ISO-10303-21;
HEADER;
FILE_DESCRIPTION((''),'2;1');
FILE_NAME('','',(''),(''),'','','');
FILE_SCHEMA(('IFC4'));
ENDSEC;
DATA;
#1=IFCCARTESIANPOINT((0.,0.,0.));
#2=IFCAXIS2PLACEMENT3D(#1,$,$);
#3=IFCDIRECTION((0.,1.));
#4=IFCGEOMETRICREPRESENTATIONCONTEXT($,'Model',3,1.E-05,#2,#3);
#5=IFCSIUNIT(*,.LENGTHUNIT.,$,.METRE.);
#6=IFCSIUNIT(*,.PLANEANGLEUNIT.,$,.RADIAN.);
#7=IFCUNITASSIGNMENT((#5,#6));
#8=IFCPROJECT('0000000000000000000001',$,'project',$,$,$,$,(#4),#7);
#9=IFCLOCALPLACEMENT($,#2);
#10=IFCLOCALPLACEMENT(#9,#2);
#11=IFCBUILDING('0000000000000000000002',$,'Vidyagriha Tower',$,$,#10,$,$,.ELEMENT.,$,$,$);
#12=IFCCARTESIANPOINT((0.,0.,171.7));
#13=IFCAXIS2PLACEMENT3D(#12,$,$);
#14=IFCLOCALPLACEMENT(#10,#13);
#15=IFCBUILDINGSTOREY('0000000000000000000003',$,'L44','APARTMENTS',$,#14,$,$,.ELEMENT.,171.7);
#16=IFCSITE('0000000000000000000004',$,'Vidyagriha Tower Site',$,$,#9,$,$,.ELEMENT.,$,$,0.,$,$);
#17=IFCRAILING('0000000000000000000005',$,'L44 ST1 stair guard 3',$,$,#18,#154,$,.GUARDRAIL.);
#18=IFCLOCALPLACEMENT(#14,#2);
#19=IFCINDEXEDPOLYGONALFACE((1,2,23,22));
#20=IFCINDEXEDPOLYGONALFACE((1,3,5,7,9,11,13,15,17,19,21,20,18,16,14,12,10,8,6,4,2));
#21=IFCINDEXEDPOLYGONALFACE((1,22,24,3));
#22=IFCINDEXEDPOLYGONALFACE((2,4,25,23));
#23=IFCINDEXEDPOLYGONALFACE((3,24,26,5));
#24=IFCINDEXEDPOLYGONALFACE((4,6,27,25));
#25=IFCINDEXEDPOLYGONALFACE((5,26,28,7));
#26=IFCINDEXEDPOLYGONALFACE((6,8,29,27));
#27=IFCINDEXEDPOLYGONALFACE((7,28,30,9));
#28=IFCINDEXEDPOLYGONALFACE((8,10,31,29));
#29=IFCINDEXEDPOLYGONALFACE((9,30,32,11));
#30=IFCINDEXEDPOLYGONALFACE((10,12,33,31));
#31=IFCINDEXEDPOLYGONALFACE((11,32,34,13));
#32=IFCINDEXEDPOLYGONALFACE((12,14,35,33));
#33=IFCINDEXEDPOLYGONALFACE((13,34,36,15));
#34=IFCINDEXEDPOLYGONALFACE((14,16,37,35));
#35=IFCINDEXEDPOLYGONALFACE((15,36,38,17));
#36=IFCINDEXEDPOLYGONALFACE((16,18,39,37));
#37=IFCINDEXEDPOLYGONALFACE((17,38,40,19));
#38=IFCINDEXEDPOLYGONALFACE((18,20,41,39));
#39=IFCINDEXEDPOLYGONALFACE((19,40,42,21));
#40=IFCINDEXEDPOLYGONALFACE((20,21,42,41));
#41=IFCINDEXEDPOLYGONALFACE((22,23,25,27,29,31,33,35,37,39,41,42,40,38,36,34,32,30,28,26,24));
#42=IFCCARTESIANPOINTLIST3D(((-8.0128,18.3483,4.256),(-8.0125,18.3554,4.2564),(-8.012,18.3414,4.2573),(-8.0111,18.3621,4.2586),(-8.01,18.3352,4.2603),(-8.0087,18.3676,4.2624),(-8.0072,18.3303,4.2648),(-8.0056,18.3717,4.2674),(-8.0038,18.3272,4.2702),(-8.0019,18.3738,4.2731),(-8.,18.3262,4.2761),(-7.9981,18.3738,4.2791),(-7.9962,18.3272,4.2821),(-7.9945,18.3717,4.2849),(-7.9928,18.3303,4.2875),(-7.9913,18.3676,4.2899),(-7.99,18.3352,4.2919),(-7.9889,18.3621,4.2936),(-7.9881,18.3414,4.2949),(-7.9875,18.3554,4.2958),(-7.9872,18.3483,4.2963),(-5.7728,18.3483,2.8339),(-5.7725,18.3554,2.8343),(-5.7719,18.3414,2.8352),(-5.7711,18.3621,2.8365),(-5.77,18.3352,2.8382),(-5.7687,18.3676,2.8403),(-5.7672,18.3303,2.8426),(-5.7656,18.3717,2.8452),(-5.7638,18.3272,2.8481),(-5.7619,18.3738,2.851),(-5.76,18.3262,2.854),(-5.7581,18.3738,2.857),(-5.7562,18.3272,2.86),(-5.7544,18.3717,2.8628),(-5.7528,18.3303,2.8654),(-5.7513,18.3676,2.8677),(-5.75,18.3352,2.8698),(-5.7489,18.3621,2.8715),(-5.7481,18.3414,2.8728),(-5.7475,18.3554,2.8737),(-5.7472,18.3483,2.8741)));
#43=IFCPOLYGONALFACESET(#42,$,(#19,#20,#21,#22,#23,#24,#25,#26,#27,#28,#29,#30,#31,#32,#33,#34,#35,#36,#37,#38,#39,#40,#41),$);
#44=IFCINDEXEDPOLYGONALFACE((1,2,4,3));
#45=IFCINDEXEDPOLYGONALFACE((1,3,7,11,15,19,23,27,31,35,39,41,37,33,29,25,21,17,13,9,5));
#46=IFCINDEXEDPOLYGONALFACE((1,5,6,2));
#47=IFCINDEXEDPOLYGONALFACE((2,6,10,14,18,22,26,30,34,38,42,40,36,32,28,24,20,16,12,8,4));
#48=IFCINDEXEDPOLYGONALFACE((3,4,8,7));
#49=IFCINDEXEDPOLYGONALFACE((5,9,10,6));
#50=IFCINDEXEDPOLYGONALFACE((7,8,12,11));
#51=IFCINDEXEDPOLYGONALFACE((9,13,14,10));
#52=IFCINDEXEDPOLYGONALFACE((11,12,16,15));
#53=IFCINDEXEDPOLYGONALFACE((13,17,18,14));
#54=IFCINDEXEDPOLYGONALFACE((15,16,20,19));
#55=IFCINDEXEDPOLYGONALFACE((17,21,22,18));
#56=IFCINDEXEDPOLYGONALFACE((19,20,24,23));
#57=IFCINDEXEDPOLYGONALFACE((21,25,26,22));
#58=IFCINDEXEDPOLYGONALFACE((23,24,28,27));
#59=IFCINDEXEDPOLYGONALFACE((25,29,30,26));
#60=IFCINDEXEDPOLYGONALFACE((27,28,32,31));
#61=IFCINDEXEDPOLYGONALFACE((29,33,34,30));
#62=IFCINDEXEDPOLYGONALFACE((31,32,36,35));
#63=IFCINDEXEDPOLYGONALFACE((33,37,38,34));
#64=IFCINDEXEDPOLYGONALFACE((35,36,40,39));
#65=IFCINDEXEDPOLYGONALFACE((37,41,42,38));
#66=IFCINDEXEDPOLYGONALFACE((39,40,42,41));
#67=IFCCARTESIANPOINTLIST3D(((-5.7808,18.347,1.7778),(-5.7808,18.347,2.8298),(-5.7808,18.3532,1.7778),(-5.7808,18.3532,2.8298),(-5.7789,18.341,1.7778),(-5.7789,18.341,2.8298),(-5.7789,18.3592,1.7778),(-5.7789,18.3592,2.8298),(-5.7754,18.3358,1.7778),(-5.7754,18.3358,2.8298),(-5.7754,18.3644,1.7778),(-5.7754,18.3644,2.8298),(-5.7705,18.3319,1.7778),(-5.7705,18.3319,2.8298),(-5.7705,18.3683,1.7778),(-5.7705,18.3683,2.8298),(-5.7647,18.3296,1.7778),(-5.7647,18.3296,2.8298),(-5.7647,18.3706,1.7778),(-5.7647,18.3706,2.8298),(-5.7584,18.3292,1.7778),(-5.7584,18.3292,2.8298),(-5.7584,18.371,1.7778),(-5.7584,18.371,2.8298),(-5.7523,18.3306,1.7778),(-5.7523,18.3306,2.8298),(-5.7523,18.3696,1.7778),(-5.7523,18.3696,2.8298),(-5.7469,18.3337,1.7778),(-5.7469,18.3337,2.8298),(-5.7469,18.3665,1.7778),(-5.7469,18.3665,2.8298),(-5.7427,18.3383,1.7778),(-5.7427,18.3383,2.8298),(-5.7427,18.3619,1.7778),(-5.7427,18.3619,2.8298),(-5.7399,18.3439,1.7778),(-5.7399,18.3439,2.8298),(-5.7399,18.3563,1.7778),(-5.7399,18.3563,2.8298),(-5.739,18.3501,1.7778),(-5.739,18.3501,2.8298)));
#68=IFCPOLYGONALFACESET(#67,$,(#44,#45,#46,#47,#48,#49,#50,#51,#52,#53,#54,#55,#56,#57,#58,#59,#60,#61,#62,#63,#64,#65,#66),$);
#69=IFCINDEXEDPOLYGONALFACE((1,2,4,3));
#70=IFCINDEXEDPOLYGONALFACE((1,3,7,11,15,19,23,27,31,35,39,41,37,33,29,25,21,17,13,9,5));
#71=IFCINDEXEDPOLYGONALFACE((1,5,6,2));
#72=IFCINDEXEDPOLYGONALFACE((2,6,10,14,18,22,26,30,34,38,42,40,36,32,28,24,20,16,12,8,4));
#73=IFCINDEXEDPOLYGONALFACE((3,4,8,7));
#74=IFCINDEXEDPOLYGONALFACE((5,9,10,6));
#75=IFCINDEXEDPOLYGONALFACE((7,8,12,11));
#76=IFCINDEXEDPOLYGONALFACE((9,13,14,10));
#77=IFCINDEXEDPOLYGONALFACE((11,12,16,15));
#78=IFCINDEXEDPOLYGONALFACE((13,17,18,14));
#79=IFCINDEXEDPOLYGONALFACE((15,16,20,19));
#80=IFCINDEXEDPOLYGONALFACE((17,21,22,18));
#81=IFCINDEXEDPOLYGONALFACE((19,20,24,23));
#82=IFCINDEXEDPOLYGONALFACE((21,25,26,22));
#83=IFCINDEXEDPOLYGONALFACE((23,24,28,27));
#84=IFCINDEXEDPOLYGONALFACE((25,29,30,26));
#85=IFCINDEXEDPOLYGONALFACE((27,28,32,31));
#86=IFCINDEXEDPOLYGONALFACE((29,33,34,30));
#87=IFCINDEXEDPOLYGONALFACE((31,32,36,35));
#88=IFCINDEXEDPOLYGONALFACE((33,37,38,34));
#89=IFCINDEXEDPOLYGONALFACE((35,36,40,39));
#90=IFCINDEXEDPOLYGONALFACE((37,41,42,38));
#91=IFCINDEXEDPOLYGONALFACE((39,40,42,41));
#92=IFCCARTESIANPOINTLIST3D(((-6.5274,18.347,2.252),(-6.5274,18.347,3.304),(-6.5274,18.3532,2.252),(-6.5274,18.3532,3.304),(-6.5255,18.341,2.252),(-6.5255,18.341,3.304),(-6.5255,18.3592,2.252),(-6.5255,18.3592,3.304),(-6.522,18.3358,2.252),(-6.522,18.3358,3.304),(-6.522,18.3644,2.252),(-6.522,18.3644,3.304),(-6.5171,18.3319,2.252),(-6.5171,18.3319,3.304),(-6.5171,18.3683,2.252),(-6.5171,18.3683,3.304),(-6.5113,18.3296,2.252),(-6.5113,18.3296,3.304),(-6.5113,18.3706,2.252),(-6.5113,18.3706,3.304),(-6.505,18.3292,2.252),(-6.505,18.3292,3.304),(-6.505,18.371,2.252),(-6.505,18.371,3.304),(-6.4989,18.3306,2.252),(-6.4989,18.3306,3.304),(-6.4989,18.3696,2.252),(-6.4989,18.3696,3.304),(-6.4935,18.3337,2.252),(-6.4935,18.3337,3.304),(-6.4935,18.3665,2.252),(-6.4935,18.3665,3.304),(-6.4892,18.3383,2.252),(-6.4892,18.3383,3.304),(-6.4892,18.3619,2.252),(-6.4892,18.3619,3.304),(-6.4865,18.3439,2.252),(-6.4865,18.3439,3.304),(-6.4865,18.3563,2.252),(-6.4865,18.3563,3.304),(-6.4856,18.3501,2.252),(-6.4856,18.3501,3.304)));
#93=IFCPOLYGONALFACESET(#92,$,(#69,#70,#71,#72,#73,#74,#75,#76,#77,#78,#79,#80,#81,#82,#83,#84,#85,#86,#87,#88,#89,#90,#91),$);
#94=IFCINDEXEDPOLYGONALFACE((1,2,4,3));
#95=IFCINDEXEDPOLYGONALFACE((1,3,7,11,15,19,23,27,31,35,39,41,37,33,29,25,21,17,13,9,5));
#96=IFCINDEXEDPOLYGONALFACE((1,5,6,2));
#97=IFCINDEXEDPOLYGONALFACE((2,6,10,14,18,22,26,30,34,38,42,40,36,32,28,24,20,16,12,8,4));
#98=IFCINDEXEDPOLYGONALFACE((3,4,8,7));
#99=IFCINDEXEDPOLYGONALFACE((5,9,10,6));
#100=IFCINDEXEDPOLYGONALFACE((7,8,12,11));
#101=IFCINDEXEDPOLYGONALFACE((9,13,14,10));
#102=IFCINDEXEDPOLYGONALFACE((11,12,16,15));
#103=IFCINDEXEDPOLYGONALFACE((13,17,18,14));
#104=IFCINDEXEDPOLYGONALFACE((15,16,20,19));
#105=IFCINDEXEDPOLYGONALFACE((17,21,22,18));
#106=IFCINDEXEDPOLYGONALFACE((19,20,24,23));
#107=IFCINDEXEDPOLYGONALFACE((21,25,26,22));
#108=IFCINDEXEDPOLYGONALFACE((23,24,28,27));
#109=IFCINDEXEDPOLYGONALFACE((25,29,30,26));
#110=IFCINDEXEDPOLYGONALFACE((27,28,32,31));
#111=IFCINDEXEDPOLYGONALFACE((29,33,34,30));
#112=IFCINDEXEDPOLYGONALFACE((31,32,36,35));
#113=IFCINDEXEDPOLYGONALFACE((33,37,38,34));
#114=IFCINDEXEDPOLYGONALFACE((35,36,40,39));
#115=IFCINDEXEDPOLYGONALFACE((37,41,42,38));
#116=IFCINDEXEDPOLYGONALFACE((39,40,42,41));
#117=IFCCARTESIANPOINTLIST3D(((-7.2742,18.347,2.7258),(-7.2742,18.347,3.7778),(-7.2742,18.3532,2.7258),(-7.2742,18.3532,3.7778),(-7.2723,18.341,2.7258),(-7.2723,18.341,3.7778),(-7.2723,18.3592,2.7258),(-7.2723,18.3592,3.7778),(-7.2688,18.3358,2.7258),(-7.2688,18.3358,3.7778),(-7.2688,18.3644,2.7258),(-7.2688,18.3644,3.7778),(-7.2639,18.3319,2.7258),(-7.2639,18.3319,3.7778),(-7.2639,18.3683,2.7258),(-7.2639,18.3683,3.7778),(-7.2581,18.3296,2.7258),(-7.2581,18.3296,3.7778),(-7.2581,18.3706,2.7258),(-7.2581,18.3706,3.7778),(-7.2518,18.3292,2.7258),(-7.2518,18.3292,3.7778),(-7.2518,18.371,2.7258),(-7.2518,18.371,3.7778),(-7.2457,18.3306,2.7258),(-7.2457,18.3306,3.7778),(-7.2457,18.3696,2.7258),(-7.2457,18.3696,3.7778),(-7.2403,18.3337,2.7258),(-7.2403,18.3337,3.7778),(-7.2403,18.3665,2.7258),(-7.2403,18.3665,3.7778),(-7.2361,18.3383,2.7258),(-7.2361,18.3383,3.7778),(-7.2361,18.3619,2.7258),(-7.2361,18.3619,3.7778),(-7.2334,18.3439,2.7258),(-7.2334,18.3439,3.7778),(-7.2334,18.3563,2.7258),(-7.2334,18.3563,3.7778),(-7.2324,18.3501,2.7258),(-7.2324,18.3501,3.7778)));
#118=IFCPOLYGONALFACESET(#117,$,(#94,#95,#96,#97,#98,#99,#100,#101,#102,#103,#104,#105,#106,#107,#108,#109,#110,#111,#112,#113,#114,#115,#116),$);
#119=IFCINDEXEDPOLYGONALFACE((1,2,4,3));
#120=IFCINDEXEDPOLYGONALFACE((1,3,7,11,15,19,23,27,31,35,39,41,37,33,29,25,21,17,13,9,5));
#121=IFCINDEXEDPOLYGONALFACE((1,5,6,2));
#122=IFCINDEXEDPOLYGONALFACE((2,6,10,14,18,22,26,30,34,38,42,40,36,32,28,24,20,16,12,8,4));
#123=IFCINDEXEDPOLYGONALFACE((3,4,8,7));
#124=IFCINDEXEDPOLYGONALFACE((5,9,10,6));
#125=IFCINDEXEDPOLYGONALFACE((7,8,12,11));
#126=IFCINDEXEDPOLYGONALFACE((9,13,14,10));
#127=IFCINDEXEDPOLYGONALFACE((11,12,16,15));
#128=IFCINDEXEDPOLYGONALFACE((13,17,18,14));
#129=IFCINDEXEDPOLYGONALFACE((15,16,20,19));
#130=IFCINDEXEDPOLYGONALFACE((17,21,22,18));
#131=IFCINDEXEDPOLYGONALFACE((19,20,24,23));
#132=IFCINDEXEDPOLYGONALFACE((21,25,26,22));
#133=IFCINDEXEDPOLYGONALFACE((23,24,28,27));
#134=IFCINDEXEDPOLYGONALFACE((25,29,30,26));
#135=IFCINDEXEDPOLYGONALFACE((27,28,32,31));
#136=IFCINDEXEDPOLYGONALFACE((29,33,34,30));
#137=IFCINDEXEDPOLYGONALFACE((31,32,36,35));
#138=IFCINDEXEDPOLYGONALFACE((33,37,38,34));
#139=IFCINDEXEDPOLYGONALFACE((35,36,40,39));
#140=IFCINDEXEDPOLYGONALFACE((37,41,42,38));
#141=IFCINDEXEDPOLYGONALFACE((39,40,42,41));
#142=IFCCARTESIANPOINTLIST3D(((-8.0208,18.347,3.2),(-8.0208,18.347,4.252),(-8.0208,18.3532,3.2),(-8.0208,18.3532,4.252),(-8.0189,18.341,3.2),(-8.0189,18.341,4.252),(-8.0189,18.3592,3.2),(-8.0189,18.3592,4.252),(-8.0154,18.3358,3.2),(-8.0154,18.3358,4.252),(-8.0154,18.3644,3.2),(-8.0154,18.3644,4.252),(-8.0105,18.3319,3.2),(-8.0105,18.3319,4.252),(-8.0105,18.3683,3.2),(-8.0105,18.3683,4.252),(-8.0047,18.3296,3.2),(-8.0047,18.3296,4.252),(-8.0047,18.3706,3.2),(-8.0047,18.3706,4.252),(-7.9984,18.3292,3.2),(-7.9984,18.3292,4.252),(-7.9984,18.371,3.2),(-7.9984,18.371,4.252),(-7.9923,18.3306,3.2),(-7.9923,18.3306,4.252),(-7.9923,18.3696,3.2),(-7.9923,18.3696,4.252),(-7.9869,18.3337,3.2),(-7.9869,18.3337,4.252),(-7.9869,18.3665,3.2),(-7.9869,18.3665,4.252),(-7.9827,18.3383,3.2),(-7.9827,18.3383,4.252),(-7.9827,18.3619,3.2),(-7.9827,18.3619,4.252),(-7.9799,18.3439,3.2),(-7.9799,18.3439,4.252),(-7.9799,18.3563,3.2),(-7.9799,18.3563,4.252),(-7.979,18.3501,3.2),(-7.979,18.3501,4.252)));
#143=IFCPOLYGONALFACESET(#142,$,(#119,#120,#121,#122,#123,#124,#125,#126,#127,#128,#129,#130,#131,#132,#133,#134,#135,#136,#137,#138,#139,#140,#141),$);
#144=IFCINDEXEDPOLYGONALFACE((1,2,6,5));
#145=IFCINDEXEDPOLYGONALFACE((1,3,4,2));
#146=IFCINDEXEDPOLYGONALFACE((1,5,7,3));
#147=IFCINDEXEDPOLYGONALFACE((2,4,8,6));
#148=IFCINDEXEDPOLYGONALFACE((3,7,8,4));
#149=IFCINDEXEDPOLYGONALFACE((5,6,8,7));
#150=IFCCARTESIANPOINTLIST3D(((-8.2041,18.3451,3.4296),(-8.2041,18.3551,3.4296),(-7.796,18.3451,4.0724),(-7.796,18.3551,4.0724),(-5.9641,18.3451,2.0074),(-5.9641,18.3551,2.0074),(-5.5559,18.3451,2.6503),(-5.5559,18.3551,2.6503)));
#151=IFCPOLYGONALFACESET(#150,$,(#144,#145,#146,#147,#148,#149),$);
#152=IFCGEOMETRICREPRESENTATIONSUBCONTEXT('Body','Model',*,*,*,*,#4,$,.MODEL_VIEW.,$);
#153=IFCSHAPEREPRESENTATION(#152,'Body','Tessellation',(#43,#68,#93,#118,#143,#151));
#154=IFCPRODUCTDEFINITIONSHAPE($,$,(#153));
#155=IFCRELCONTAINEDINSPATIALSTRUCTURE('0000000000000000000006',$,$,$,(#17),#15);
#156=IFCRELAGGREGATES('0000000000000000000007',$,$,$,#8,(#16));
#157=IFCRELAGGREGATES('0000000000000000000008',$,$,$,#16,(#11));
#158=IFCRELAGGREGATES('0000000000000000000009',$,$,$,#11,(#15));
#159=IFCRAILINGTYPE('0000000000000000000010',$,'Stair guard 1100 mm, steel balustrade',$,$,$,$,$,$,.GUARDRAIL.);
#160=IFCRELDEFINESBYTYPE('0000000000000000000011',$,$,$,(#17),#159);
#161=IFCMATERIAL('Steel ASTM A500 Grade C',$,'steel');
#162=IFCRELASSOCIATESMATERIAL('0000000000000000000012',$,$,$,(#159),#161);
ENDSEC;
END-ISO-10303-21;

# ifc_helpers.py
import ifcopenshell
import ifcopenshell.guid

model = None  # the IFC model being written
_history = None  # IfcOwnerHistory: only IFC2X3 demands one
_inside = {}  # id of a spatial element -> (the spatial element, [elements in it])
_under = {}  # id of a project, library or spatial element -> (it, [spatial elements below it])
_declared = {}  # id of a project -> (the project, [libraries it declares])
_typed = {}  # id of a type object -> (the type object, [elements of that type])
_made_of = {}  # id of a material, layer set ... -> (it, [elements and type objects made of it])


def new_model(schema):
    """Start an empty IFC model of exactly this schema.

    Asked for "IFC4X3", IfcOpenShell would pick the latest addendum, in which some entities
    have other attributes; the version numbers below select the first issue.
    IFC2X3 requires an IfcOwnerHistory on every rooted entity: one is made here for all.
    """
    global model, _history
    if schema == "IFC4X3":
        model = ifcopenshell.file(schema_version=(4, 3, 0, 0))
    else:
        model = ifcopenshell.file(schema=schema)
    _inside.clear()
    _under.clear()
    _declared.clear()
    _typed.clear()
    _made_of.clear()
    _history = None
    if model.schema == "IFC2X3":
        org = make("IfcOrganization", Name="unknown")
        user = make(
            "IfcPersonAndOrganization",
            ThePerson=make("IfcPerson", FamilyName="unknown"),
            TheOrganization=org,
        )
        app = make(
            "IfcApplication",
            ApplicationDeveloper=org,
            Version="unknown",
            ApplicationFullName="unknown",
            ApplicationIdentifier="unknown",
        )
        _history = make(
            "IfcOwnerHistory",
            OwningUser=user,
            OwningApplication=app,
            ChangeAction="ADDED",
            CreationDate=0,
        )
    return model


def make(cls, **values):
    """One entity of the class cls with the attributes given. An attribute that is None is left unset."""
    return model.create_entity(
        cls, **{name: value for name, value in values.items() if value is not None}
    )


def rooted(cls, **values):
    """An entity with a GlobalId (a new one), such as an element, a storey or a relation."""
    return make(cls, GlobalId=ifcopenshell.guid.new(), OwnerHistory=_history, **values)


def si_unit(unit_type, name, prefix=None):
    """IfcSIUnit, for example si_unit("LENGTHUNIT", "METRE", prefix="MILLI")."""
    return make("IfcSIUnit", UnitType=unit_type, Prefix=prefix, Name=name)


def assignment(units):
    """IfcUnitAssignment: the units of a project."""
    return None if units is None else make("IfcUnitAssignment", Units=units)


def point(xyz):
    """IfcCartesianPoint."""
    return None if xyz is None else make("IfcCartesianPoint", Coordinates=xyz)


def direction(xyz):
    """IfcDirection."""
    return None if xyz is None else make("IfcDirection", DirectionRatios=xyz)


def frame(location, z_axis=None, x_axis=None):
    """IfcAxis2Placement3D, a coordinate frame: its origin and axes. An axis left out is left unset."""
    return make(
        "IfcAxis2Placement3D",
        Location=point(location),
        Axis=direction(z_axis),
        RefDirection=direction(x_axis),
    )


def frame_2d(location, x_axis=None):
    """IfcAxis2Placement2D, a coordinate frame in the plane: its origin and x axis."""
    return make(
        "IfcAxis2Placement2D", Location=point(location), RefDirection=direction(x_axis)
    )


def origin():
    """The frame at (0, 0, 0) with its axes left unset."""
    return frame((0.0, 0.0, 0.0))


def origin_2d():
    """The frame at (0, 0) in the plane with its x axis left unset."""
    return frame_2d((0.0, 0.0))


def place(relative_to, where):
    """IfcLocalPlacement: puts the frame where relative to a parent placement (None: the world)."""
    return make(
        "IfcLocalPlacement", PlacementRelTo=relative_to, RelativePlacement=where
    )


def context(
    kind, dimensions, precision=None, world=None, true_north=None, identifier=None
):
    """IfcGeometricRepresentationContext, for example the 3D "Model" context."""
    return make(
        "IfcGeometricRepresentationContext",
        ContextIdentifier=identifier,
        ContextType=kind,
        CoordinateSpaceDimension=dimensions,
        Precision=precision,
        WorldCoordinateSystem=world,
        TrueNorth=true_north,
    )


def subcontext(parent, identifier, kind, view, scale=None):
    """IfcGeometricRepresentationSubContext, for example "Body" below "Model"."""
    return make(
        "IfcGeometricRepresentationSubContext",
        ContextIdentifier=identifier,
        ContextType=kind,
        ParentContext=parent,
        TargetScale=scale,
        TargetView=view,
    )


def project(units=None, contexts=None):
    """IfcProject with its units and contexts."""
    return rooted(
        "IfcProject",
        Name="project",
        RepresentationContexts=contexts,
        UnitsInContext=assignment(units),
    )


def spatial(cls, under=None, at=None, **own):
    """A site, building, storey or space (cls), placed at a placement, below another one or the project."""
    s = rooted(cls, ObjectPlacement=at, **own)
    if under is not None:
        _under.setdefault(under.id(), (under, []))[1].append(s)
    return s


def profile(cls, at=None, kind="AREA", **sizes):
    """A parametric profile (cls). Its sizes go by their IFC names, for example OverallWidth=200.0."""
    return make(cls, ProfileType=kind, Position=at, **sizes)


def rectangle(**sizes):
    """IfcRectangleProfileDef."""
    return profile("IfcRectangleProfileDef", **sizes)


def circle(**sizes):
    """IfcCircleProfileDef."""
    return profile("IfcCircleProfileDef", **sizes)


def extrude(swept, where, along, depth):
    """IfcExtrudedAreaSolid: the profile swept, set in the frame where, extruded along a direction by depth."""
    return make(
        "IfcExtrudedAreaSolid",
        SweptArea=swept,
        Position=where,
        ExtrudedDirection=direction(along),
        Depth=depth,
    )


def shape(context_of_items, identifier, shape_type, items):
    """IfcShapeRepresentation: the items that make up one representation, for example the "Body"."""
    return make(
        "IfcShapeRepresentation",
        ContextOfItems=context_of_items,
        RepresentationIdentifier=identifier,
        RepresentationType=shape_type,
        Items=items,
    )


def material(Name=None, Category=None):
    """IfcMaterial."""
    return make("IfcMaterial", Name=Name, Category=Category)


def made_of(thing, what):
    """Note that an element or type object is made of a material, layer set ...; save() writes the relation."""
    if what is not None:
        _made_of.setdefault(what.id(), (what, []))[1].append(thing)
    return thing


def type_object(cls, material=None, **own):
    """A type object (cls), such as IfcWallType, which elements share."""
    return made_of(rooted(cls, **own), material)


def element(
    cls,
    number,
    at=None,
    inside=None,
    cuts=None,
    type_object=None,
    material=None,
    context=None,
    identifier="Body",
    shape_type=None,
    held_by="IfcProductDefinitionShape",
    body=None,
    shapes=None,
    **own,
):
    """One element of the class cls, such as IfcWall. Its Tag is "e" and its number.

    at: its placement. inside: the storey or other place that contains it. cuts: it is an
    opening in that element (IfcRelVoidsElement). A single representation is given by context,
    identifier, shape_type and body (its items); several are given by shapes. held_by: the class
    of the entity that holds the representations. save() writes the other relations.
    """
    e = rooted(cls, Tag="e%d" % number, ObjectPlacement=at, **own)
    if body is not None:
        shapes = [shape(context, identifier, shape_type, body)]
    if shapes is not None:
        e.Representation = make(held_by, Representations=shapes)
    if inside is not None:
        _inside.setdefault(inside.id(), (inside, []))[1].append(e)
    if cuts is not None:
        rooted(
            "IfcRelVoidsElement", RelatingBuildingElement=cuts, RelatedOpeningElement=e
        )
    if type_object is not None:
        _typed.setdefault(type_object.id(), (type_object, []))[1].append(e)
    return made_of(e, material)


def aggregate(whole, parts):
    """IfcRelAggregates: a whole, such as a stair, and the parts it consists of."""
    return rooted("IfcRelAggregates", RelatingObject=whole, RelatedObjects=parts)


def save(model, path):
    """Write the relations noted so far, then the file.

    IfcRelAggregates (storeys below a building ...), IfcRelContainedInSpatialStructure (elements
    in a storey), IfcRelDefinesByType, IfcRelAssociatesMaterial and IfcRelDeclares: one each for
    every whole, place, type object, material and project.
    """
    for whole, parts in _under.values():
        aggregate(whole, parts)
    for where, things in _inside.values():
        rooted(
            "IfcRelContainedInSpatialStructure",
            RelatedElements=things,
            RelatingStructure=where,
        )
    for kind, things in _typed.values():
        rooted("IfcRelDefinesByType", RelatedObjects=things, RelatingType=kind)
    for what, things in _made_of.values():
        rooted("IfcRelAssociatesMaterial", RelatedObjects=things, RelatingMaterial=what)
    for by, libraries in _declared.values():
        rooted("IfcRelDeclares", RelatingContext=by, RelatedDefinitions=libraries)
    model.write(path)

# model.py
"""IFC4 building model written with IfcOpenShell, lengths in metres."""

from ifc_helpers import new_model, si_unit, direction, frame, origin, origin_2d, place, context, subcontext, project, spatial, rectangle, circle, extrude, material, type_object, element, save


model = new_model("IFC4")

# Units and contexts
model_context = context("Model", 3, precision=1e-05, world=origin(), true_north=direction((0.0, 1.0)))
body_context = subcontext(model_context, "Body", "Model", "MODEL_VIEW")
ifc_project = project(units=[si_unit("LENGTHUNIT", "METRE"), si_unit("PLANEANGLEUNIT", "RADIAN")], contexts=[model_context])

# Site, building, storey
site_placement = place(None, origin())
site = spatial("IfcSite", under=ifc_project, at=site_placement, Name="Vidyagriha Tower Site", CompositionType="ELEMENT", RefElevation=0.0)
building_placement = place(site_placement, origin())
building = spatial("IfcBuilding", under=site, at=building_placement, Name="Vidyagriha Tower", CompositionType="ELEMENT")
storey_placement = place(building_placement, frame((0.0, 0.0, 171.7)))
storey = spatial("IfcBuildingStorey", under=building, at=storey_placement, Name="L44", Description="APARTMENTS", CompositionType="ELEMENT", Elevation=171.7)

# Railing
ifc_material_1 = material(Name="Steel ASTM A500 Grade C", Category="steel")
railing_type_1 = type_object("IfcRailingType", Name="Stair guard 1100 mm, steel balustrade", PredefinedType="GUARDRAIL", material=ifc_material_1)
railing_1_placement = place(storey_placement, frame((-5.76, 18.3501, 1.7778)))
element("IfcRailing", 1, at=railing_1_placement, inside=storey, type_object=railing_type_1, Name="L44 ST1 stair guard 3", PredefinedType="GUARDRAIL", context=body_context, shape_type="SweptSolid", body=[
    extrude(circle(Radius=0.0239, at=origin_2d()), frame((0.0, 0.0, 1.0762), z_axis=(-0.844229, 0.0, 0.535982), x_axis=(0.0, -1.0, 0.0)), (0.0, 0.0, 1.0), 2.6533),
    extrude(circle(Radius=0.021, at=origin_2d()), origin(), (0.0, 0.0, 1.0), 1.052),
    extrude(circle(Radius=0.021, at=origin_2d()), frame((-0.7466, 0.0, 0.4741)), (0.0, 0.0, 1.0), 1.052),
    extrude(circle(Radius=0.021, at=origin_2d()), frame((-1.4934, 0.0, 0.948)), (0.0, 0.0, 1.0), 1.052),
    extrude(circle(Radius=0.021, at=origin_2d()), frame((-2.24, 0.0, 1.4221)), (0.0, 0.0, 1.0), 1.052),
    extrude(rectangle(XDim=0.01, YDim=0.7615, at=origin_2d()), frame((0.0, 0.0, 0.551), z_axis=(-0.844229, 0.0, 0.535982), x_axis=(0.0, -1.0, 0.0)), (0.0, 0.0, 1.0), 2.6533),
])

save(model, "model.ifc")
